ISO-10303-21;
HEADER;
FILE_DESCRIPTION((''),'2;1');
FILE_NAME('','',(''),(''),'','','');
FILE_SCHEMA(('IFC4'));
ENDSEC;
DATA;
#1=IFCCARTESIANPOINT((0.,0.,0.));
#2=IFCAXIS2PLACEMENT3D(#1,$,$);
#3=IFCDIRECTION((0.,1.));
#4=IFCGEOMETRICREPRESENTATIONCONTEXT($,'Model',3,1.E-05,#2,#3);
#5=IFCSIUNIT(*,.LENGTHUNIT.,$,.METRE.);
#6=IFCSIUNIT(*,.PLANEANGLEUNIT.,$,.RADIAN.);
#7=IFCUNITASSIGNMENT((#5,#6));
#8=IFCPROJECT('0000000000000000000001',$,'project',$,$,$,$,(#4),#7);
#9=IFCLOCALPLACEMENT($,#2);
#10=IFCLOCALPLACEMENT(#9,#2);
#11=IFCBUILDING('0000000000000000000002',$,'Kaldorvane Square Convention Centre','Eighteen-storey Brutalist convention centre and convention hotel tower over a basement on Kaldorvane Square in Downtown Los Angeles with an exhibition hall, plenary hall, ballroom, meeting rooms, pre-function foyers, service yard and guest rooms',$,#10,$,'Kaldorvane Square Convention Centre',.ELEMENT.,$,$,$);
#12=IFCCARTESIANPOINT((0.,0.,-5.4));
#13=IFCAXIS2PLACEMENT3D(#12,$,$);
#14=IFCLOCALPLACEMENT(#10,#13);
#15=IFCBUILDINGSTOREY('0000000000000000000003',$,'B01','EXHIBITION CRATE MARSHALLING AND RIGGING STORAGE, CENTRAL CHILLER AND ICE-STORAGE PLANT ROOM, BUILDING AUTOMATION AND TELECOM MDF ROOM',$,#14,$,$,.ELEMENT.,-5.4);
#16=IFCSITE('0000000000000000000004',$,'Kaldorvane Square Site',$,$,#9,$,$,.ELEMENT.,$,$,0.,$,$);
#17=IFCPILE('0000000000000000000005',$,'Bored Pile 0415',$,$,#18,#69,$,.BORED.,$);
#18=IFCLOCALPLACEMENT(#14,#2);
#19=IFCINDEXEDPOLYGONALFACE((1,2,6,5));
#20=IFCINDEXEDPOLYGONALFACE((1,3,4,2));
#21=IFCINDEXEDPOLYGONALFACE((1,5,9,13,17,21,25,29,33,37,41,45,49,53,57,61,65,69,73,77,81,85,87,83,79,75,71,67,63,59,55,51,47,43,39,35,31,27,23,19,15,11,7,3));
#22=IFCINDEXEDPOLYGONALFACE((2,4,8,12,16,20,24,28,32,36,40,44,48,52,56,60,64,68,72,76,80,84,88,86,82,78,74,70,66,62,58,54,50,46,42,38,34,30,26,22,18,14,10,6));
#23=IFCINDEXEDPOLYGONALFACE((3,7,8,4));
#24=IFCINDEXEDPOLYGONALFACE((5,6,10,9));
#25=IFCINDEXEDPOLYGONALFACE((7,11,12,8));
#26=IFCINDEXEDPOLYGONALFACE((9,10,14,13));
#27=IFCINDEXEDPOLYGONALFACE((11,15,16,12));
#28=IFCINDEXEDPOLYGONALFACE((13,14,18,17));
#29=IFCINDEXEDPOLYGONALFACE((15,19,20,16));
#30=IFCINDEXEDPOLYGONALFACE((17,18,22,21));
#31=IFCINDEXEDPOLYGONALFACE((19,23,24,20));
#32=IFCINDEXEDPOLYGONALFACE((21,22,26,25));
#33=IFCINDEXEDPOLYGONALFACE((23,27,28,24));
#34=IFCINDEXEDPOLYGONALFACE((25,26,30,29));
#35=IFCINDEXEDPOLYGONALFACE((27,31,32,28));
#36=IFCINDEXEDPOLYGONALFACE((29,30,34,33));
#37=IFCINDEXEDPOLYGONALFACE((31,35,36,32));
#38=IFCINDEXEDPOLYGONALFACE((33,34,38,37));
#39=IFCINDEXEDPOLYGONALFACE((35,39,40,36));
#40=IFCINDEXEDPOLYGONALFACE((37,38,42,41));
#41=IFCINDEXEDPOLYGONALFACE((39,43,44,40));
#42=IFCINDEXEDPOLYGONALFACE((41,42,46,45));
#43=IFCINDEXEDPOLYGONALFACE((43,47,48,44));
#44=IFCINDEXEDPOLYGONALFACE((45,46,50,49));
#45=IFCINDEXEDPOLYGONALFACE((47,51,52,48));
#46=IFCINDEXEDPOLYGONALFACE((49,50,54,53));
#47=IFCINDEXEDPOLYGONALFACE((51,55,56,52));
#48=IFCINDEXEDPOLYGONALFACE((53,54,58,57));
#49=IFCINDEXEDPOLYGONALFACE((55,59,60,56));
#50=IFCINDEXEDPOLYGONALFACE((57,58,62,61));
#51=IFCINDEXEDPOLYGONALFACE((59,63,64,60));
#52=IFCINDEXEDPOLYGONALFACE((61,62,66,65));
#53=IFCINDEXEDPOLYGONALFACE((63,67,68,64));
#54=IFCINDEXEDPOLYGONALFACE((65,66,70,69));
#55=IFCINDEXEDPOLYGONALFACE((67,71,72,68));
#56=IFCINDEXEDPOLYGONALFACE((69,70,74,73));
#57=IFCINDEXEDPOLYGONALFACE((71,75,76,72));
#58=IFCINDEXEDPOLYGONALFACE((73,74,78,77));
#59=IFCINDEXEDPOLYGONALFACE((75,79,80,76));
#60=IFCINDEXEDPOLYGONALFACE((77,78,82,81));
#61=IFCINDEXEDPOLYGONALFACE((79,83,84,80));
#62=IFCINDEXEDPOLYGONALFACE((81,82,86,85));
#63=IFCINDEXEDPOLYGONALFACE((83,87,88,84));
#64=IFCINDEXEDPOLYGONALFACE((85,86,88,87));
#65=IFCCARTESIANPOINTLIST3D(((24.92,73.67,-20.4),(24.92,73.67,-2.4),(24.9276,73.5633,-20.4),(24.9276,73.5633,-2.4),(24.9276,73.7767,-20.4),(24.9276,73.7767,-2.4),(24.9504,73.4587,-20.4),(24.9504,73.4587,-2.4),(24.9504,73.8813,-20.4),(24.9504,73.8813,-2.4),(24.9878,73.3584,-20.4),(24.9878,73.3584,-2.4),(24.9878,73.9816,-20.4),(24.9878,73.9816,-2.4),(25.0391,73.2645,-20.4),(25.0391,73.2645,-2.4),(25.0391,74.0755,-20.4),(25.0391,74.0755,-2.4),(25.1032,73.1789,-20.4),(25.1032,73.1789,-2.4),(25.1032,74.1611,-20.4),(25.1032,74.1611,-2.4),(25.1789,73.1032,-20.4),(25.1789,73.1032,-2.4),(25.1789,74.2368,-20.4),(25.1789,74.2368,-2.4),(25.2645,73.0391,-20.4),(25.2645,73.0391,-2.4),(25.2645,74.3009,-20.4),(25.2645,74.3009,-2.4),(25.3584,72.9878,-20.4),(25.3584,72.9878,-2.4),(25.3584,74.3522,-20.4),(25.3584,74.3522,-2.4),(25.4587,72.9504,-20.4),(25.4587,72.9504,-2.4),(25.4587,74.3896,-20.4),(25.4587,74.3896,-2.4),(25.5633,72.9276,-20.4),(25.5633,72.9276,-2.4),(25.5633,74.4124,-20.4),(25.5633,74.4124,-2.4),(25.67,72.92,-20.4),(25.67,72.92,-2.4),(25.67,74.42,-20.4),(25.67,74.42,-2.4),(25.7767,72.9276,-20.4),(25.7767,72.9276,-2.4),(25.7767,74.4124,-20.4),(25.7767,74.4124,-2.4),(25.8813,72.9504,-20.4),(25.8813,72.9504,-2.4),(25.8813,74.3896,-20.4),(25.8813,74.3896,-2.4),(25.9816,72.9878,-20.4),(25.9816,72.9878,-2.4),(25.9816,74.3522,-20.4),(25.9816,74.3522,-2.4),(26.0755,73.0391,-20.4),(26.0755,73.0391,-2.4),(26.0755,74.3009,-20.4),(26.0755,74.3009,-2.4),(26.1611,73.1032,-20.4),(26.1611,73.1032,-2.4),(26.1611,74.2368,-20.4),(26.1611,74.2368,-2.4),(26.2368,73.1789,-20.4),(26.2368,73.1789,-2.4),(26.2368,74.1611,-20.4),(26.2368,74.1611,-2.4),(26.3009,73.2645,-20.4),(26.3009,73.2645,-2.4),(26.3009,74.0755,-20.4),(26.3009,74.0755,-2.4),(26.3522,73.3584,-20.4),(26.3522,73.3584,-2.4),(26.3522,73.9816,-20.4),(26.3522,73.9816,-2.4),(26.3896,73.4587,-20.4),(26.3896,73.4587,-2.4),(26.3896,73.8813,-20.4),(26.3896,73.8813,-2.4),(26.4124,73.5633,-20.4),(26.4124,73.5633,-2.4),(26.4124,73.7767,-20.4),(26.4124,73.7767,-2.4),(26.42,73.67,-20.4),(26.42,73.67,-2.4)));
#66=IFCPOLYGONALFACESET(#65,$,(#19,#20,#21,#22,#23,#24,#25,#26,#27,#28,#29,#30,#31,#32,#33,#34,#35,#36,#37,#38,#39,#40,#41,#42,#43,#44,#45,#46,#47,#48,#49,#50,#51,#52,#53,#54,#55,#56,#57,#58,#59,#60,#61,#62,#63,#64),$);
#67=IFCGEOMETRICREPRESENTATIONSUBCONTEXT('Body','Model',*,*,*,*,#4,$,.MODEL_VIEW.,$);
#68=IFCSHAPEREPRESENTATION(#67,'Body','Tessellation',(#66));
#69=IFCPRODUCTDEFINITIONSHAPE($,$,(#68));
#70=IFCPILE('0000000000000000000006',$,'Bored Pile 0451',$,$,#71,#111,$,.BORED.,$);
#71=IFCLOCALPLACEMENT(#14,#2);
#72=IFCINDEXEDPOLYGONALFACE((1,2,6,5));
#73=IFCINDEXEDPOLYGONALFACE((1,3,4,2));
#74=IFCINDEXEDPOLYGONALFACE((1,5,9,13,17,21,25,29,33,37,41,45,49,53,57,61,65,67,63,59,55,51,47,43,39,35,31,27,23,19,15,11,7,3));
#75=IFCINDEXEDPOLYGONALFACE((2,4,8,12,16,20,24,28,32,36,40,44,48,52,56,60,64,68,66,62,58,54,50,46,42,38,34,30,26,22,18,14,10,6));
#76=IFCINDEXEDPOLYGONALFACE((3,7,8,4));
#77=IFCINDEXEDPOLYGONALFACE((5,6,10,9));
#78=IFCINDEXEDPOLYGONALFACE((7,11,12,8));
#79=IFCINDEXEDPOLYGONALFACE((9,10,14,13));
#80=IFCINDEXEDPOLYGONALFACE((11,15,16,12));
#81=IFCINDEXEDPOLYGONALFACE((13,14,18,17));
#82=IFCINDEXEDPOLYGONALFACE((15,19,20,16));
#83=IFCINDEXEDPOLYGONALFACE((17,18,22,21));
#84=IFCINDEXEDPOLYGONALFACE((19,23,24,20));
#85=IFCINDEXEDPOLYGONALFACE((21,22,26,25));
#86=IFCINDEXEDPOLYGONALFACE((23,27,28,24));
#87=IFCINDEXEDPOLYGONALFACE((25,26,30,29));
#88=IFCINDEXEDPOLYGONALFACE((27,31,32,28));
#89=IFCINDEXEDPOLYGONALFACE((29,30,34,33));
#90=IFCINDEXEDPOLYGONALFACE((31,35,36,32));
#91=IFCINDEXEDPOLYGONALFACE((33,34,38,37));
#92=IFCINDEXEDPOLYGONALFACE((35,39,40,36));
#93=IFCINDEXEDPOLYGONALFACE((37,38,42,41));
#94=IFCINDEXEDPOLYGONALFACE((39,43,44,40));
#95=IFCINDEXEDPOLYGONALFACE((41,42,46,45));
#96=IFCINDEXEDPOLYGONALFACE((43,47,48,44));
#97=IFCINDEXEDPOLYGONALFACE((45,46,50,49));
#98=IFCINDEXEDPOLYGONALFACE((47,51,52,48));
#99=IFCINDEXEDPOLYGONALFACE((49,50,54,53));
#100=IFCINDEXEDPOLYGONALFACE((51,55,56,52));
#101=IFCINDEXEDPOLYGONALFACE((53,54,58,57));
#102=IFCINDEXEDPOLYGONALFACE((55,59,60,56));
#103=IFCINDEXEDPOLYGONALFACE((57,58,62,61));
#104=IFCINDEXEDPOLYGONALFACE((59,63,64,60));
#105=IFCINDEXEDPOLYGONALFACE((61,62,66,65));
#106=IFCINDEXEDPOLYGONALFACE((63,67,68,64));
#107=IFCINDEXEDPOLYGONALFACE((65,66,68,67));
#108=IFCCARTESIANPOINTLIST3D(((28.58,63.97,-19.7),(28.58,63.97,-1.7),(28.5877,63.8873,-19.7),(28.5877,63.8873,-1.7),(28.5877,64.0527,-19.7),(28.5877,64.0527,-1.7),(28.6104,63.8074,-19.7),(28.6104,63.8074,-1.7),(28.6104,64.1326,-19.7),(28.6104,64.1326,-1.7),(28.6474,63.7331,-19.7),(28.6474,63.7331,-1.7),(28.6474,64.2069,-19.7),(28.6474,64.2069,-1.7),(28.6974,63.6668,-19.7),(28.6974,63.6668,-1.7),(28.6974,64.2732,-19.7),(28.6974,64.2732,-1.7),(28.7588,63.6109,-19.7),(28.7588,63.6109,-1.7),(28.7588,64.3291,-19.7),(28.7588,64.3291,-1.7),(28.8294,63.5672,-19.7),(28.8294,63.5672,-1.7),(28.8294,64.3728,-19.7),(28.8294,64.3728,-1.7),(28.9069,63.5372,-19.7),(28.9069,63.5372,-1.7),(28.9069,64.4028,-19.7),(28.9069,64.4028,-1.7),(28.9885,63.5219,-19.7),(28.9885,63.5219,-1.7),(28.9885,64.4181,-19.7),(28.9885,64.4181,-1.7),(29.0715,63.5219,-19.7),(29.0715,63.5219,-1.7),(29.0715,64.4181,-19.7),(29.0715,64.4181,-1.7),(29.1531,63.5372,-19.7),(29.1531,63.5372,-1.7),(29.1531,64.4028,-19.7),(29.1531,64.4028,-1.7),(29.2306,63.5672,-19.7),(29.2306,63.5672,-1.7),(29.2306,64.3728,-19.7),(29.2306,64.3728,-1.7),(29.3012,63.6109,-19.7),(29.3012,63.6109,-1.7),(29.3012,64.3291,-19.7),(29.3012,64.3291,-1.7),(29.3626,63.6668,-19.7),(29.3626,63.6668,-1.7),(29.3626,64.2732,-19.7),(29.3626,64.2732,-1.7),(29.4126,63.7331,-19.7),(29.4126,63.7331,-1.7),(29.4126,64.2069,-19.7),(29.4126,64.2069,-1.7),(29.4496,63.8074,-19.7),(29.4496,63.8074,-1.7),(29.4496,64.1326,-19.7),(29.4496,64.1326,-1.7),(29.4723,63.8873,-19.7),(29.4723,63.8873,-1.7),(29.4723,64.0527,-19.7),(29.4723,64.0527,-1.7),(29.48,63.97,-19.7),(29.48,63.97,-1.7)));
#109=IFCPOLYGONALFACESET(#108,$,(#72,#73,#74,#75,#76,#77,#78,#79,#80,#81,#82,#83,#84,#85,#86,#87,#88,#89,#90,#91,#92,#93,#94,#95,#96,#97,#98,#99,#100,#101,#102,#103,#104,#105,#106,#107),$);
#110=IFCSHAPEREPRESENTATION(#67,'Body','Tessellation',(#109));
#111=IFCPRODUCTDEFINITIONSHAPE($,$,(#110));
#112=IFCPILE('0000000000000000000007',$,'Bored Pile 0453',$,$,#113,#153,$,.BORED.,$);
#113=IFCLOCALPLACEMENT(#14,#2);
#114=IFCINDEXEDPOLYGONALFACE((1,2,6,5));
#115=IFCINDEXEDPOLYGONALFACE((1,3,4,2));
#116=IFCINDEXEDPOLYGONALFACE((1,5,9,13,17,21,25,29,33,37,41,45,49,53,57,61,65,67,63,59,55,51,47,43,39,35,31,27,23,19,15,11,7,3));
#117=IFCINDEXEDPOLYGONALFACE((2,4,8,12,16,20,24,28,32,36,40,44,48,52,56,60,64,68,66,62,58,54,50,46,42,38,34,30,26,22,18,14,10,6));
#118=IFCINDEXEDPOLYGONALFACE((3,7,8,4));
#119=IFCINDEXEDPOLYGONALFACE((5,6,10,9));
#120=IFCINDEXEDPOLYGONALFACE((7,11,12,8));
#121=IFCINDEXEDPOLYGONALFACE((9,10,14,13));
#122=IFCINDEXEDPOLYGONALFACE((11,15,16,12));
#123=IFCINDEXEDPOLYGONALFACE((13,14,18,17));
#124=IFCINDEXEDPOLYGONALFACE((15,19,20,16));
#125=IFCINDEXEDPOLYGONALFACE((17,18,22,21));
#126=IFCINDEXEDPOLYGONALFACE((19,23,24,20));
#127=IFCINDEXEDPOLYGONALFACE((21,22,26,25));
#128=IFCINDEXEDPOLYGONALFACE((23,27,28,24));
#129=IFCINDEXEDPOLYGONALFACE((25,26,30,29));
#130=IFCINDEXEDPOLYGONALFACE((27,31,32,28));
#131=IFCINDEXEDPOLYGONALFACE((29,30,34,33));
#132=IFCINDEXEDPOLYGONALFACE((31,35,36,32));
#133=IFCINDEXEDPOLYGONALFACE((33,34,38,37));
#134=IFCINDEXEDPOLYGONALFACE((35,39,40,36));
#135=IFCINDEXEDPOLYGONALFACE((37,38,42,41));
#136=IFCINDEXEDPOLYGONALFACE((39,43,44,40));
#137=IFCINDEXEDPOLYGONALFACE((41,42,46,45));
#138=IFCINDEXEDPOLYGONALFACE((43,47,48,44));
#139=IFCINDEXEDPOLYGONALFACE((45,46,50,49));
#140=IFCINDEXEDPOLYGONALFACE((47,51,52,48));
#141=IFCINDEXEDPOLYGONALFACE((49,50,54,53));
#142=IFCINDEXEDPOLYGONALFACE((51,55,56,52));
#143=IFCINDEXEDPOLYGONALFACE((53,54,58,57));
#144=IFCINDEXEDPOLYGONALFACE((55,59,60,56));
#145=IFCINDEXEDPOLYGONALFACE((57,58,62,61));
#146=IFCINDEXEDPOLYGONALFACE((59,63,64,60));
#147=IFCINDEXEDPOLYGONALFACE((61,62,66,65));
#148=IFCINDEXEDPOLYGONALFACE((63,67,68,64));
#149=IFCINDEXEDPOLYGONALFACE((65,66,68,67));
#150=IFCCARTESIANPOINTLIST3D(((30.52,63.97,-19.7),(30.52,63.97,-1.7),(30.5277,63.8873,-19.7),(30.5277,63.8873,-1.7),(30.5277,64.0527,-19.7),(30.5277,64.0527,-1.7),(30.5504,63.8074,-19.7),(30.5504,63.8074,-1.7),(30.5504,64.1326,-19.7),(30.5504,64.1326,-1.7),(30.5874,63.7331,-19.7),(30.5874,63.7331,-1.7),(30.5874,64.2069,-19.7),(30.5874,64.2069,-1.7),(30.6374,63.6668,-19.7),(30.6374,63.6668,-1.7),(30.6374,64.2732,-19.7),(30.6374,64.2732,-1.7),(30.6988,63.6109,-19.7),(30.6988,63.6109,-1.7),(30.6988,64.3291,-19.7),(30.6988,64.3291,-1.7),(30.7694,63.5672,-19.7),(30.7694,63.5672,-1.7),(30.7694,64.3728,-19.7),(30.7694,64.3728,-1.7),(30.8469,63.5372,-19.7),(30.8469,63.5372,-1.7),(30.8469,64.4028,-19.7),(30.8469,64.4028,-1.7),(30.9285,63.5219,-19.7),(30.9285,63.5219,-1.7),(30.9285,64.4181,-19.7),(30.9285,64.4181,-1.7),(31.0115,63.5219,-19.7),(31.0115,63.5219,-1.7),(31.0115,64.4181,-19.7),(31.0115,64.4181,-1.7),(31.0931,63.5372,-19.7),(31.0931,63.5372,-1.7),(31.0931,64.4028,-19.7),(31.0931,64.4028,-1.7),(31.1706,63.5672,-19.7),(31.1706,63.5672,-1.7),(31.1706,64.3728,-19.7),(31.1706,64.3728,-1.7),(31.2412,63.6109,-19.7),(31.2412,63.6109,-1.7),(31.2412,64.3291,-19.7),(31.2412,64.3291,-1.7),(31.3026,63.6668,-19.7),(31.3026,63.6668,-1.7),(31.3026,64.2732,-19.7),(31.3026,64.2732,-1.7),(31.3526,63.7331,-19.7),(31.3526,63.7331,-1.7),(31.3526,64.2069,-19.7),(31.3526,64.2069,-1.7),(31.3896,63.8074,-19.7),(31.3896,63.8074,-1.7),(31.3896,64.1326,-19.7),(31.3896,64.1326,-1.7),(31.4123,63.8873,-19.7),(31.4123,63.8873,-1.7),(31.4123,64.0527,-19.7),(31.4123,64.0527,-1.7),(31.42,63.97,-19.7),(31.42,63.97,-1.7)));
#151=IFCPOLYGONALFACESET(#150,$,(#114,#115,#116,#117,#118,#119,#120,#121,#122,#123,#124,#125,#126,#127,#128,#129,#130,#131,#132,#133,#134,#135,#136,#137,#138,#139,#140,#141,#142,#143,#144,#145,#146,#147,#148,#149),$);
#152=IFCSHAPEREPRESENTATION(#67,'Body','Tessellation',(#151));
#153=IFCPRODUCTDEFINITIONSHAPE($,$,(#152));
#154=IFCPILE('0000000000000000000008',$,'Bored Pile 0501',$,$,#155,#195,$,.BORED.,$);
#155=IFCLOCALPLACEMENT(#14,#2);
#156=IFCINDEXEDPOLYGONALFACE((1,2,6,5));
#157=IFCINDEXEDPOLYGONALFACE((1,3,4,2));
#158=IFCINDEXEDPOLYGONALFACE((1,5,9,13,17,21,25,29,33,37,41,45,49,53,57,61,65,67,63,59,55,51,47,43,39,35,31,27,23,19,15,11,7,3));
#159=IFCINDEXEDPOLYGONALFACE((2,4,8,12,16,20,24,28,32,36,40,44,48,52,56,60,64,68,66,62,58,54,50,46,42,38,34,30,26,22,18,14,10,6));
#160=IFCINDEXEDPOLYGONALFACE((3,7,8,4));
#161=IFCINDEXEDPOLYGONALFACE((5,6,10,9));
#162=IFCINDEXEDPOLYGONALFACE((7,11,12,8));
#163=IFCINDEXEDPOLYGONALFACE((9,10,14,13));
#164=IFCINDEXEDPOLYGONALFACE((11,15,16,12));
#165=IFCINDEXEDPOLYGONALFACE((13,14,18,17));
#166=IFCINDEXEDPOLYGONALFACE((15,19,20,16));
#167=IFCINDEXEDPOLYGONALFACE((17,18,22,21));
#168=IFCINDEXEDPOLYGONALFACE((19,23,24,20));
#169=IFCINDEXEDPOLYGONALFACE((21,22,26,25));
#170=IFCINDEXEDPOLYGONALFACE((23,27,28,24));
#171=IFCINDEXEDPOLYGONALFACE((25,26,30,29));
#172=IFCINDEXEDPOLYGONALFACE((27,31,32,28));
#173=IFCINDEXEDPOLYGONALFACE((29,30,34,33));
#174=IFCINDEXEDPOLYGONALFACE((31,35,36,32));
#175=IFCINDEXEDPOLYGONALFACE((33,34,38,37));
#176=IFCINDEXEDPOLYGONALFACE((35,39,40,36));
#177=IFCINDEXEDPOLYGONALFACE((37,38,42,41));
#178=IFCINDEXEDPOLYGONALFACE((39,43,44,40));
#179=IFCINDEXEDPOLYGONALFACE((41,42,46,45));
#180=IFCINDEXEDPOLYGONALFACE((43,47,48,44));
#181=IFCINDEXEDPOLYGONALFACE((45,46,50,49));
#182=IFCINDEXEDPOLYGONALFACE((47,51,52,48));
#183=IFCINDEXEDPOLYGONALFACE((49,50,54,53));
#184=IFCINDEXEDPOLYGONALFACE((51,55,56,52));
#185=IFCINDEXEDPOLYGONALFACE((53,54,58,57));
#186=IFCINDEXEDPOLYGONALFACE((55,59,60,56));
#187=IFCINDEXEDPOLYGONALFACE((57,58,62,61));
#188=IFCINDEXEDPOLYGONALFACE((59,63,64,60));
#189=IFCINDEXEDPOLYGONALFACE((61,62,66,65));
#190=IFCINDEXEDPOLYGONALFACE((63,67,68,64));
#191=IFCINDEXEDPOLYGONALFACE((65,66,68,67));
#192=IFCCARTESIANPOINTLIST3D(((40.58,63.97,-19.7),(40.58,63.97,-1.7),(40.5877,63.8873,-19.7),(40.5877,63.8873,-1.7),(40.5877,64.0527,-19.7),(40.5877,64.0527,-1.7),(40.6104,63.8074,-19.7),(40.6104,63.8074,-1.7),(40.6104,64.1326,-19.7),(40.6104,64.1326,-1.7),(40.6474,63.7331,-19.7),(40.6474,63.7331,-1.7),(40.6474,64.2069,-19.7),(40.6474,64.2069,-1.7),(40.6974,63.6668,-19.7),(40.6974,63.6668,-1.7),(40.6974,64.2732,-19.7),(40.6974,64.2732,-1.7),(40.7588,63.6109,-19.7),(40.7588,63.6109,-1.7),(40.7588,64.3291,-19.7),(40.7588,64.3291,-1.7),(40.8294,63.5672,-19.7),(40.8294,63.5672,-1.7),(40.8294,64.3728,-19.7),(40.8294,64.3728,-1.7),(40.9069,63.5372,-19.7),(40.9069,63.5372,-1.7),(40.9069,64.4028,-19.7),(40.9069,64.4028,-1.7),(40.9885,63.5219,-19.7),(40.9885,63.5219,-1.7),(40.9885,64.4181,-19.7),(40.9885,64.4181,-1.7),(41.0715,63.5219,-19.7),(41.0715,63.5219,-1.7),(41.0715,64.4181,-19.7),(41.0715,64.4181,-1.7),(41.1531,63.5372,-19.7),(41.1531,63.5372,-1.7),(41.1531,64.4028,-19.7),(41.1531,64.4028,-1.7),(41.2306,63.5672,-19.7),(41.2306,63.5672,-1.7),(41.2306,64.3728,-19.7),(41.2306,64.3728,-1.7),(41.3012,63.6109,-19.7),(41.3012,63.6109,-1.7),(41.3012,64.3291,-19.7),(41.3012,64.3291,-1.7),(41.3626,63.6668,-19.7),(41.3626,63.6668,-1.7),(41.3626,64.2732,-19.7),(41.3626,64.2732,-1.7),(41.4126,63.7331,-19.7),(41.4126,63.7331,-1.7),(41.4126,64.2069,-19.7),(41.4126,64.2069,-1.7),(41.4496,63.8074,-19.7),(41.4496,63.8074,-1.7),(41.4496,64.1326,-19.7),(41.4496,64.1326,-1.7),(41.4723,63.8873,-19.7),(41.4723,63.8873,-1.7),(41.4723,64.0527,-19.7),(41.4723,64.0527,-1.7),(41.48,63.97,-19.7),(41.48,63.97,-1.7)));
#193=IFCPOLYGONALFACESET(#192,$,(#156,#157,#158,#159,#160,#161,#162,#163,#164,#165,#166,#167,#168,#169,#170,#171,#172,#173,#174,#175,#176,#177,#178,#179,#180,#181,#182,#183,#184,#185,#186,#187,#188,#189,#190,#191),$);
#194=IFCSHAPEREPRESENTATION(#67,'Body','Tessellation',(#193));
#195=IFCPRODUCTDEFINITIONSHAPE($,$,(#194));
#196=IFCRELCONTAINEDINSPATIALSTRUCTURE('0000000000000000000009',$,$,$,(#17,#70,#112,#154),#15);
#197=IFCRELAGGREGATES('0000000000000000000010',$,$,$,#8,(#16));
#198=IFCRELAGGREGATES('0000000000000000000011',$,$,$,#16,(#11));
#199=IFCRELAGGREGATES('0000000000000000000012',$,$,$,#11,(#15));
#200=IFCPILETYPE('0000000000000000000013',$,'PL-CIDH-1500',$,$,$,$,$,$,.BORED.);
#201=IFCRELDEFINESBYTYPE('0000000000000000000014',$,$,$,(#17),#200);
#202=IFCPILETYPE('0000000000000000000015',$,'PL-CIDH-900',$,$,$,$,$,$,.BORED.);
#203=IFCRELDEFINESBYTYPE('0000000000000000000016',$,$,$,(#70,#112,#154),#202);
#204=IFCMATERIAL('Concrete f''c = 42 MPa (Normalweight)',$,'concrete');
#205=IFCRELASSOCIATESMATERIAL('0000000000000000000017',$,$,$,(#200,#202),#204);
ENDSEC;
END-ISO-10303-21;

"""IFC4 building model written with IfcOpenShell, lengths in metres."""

from ifc_helpers import new_model, si_unit, direction, frame, origin, origin_2d, place, context, subcontext, project, spatial, circle, extrude, material, material_profile, profile_set, type_object, element, save


model = new_model("IFC4")

# Units and contexts
model_context = context("Model", 3, precision=1e-05, world=origin(), true_north=direction((0.0, 1.0)))
body_context = subcontext(model_context, "Body", "Model", "MODEL_VIEW")
ifc_project = project(units=[si_unit("LENGTHUNIT", "METRE"), si_unit("PLANEANGLEUNIT", "RADIAN")], contexts=[model_context])

# Site, building, storey
site_placement = place(None, origin())
site = spatial("IfcSite", under=ifc_project, at=site_placement, Name="Kaldorvane Square Site", CompositionType="ELEMENT", RefElevation=0.0)
building_placement = place(site_placement, origin())
building = spatial("IfcBuilding", under=site, at=building_placement, Name="Kaldorvane Square Convention Centre", Description="Eighteen-storey Brutalist convention centre and convention hotel tower over a basement on Kaldorvane Square in Downtown Los Angeles with an exhibition hall, plenary hall, ballroom, meeting rooms, pre-function foyers, service yard and guest rooms", LongName="Kaldorvane Square Convention Centre", CompositionType="ELEMENT")
storey_placement = place(building_placement, frame((0.0, 0.0, -5.4)))
storey = spatial("IfcBuildingStorey", under=building, at=storey_placement, Name="B01", Description="EXHIBITION CRATE MARSHALLING AND RIGGING STORAGE, CENTRAL CHILLER AND ICE-STORAGE PLANT ROOM, BUILDING AUTOMATION AND TELECOM MDF ROOM", CompositionType="ELEMENT", Elevation=-5.4)

# Shared definitions
ifc_material_1 = material(Name="Concrete f'c = 42 MPa (Normalweight)", Category="concrete")

# Piles
ifc_material_profile_1 = material_profile(ifc_material_1, circle(Radius=0.75, at=origin_2d()), Name="PILE-D1500")
ifc_profile_set_1 = profile_set([ifc_material_profile_1], Name="Concrete f'c = 42 MPa (Normalweight)")
pile_type_1 = type_object("IfcPileType", Name="PL-CIDH-1500", PredefinedType="BORED", material=ifc_profile_set_1)
for number, where, z_axis, x_axis, name in (
    (1, (25.67, 73.67, -2.4), (0.0, 0.0, -1.0), (1.0, 0.0, 0.0), "Bored Pile 0415"),
):
    element("IfcPile", number, at=place(storey_placement, frame(where, z_axis=z_axis, x_axis=x_axis)), inside=storey, type_object=pile_type_1, Name=name, PredefinedType="BORED", context=body_context, shape_type="SweptSolid", body=[
        extrude(circle(Radius=0.75, at=origin_2d()), origin(), (0.0, 0.0, 1.0), 18.0),
    ])
ifc_material_profile_2 = material_profile(ifc_material_1, circle(Radius=0.45, at=origin_2d()), Name="PILE-D900")
ifc_profile_set_2 = profile_set([ifc_material_profile_2], Name="Concrete f'c = 42 MPa (Normalweight)")
pile_type_2 = type_object("IfcPileType", Name="PL-CIDH-900", PredefinedType="BORED", material=ifc_profile_set_2)
for number, where, z_axis, x_axis, name in (
    (2, (29.03, 63.97, -1.7), (0.0, 0.0, -1.0), (1.0, 0.0, 0.0), "Bored Pile 0451"),
    (3, (30.97, 63.97, -1.7), (0.0, 0.0, -1.0), (1.0, 0.0, 0.0), "Bored Pile 0453"),
    (4, (41.03, 63.97, -1.7), (0.0, 0.0, -1.0), (1.0, 0.0, 0.0), "Bored Pile 0501"),
):
    element("IfcPile", number, at=place(storey_placement, frame(where, z_axis=z_axis, x_axis=x_axis)), inside=storey, type_object=pile_type_2, Name=name, PredefinedType="BORED", context=body_context, shape_type="SweptSolid", body=[
        extrude(circle(Radius=0.45, at=origin_2d()), origin(), (0.0, 0.0, 1.0), 18.0),
    ])

save(model, "model.ifc")
